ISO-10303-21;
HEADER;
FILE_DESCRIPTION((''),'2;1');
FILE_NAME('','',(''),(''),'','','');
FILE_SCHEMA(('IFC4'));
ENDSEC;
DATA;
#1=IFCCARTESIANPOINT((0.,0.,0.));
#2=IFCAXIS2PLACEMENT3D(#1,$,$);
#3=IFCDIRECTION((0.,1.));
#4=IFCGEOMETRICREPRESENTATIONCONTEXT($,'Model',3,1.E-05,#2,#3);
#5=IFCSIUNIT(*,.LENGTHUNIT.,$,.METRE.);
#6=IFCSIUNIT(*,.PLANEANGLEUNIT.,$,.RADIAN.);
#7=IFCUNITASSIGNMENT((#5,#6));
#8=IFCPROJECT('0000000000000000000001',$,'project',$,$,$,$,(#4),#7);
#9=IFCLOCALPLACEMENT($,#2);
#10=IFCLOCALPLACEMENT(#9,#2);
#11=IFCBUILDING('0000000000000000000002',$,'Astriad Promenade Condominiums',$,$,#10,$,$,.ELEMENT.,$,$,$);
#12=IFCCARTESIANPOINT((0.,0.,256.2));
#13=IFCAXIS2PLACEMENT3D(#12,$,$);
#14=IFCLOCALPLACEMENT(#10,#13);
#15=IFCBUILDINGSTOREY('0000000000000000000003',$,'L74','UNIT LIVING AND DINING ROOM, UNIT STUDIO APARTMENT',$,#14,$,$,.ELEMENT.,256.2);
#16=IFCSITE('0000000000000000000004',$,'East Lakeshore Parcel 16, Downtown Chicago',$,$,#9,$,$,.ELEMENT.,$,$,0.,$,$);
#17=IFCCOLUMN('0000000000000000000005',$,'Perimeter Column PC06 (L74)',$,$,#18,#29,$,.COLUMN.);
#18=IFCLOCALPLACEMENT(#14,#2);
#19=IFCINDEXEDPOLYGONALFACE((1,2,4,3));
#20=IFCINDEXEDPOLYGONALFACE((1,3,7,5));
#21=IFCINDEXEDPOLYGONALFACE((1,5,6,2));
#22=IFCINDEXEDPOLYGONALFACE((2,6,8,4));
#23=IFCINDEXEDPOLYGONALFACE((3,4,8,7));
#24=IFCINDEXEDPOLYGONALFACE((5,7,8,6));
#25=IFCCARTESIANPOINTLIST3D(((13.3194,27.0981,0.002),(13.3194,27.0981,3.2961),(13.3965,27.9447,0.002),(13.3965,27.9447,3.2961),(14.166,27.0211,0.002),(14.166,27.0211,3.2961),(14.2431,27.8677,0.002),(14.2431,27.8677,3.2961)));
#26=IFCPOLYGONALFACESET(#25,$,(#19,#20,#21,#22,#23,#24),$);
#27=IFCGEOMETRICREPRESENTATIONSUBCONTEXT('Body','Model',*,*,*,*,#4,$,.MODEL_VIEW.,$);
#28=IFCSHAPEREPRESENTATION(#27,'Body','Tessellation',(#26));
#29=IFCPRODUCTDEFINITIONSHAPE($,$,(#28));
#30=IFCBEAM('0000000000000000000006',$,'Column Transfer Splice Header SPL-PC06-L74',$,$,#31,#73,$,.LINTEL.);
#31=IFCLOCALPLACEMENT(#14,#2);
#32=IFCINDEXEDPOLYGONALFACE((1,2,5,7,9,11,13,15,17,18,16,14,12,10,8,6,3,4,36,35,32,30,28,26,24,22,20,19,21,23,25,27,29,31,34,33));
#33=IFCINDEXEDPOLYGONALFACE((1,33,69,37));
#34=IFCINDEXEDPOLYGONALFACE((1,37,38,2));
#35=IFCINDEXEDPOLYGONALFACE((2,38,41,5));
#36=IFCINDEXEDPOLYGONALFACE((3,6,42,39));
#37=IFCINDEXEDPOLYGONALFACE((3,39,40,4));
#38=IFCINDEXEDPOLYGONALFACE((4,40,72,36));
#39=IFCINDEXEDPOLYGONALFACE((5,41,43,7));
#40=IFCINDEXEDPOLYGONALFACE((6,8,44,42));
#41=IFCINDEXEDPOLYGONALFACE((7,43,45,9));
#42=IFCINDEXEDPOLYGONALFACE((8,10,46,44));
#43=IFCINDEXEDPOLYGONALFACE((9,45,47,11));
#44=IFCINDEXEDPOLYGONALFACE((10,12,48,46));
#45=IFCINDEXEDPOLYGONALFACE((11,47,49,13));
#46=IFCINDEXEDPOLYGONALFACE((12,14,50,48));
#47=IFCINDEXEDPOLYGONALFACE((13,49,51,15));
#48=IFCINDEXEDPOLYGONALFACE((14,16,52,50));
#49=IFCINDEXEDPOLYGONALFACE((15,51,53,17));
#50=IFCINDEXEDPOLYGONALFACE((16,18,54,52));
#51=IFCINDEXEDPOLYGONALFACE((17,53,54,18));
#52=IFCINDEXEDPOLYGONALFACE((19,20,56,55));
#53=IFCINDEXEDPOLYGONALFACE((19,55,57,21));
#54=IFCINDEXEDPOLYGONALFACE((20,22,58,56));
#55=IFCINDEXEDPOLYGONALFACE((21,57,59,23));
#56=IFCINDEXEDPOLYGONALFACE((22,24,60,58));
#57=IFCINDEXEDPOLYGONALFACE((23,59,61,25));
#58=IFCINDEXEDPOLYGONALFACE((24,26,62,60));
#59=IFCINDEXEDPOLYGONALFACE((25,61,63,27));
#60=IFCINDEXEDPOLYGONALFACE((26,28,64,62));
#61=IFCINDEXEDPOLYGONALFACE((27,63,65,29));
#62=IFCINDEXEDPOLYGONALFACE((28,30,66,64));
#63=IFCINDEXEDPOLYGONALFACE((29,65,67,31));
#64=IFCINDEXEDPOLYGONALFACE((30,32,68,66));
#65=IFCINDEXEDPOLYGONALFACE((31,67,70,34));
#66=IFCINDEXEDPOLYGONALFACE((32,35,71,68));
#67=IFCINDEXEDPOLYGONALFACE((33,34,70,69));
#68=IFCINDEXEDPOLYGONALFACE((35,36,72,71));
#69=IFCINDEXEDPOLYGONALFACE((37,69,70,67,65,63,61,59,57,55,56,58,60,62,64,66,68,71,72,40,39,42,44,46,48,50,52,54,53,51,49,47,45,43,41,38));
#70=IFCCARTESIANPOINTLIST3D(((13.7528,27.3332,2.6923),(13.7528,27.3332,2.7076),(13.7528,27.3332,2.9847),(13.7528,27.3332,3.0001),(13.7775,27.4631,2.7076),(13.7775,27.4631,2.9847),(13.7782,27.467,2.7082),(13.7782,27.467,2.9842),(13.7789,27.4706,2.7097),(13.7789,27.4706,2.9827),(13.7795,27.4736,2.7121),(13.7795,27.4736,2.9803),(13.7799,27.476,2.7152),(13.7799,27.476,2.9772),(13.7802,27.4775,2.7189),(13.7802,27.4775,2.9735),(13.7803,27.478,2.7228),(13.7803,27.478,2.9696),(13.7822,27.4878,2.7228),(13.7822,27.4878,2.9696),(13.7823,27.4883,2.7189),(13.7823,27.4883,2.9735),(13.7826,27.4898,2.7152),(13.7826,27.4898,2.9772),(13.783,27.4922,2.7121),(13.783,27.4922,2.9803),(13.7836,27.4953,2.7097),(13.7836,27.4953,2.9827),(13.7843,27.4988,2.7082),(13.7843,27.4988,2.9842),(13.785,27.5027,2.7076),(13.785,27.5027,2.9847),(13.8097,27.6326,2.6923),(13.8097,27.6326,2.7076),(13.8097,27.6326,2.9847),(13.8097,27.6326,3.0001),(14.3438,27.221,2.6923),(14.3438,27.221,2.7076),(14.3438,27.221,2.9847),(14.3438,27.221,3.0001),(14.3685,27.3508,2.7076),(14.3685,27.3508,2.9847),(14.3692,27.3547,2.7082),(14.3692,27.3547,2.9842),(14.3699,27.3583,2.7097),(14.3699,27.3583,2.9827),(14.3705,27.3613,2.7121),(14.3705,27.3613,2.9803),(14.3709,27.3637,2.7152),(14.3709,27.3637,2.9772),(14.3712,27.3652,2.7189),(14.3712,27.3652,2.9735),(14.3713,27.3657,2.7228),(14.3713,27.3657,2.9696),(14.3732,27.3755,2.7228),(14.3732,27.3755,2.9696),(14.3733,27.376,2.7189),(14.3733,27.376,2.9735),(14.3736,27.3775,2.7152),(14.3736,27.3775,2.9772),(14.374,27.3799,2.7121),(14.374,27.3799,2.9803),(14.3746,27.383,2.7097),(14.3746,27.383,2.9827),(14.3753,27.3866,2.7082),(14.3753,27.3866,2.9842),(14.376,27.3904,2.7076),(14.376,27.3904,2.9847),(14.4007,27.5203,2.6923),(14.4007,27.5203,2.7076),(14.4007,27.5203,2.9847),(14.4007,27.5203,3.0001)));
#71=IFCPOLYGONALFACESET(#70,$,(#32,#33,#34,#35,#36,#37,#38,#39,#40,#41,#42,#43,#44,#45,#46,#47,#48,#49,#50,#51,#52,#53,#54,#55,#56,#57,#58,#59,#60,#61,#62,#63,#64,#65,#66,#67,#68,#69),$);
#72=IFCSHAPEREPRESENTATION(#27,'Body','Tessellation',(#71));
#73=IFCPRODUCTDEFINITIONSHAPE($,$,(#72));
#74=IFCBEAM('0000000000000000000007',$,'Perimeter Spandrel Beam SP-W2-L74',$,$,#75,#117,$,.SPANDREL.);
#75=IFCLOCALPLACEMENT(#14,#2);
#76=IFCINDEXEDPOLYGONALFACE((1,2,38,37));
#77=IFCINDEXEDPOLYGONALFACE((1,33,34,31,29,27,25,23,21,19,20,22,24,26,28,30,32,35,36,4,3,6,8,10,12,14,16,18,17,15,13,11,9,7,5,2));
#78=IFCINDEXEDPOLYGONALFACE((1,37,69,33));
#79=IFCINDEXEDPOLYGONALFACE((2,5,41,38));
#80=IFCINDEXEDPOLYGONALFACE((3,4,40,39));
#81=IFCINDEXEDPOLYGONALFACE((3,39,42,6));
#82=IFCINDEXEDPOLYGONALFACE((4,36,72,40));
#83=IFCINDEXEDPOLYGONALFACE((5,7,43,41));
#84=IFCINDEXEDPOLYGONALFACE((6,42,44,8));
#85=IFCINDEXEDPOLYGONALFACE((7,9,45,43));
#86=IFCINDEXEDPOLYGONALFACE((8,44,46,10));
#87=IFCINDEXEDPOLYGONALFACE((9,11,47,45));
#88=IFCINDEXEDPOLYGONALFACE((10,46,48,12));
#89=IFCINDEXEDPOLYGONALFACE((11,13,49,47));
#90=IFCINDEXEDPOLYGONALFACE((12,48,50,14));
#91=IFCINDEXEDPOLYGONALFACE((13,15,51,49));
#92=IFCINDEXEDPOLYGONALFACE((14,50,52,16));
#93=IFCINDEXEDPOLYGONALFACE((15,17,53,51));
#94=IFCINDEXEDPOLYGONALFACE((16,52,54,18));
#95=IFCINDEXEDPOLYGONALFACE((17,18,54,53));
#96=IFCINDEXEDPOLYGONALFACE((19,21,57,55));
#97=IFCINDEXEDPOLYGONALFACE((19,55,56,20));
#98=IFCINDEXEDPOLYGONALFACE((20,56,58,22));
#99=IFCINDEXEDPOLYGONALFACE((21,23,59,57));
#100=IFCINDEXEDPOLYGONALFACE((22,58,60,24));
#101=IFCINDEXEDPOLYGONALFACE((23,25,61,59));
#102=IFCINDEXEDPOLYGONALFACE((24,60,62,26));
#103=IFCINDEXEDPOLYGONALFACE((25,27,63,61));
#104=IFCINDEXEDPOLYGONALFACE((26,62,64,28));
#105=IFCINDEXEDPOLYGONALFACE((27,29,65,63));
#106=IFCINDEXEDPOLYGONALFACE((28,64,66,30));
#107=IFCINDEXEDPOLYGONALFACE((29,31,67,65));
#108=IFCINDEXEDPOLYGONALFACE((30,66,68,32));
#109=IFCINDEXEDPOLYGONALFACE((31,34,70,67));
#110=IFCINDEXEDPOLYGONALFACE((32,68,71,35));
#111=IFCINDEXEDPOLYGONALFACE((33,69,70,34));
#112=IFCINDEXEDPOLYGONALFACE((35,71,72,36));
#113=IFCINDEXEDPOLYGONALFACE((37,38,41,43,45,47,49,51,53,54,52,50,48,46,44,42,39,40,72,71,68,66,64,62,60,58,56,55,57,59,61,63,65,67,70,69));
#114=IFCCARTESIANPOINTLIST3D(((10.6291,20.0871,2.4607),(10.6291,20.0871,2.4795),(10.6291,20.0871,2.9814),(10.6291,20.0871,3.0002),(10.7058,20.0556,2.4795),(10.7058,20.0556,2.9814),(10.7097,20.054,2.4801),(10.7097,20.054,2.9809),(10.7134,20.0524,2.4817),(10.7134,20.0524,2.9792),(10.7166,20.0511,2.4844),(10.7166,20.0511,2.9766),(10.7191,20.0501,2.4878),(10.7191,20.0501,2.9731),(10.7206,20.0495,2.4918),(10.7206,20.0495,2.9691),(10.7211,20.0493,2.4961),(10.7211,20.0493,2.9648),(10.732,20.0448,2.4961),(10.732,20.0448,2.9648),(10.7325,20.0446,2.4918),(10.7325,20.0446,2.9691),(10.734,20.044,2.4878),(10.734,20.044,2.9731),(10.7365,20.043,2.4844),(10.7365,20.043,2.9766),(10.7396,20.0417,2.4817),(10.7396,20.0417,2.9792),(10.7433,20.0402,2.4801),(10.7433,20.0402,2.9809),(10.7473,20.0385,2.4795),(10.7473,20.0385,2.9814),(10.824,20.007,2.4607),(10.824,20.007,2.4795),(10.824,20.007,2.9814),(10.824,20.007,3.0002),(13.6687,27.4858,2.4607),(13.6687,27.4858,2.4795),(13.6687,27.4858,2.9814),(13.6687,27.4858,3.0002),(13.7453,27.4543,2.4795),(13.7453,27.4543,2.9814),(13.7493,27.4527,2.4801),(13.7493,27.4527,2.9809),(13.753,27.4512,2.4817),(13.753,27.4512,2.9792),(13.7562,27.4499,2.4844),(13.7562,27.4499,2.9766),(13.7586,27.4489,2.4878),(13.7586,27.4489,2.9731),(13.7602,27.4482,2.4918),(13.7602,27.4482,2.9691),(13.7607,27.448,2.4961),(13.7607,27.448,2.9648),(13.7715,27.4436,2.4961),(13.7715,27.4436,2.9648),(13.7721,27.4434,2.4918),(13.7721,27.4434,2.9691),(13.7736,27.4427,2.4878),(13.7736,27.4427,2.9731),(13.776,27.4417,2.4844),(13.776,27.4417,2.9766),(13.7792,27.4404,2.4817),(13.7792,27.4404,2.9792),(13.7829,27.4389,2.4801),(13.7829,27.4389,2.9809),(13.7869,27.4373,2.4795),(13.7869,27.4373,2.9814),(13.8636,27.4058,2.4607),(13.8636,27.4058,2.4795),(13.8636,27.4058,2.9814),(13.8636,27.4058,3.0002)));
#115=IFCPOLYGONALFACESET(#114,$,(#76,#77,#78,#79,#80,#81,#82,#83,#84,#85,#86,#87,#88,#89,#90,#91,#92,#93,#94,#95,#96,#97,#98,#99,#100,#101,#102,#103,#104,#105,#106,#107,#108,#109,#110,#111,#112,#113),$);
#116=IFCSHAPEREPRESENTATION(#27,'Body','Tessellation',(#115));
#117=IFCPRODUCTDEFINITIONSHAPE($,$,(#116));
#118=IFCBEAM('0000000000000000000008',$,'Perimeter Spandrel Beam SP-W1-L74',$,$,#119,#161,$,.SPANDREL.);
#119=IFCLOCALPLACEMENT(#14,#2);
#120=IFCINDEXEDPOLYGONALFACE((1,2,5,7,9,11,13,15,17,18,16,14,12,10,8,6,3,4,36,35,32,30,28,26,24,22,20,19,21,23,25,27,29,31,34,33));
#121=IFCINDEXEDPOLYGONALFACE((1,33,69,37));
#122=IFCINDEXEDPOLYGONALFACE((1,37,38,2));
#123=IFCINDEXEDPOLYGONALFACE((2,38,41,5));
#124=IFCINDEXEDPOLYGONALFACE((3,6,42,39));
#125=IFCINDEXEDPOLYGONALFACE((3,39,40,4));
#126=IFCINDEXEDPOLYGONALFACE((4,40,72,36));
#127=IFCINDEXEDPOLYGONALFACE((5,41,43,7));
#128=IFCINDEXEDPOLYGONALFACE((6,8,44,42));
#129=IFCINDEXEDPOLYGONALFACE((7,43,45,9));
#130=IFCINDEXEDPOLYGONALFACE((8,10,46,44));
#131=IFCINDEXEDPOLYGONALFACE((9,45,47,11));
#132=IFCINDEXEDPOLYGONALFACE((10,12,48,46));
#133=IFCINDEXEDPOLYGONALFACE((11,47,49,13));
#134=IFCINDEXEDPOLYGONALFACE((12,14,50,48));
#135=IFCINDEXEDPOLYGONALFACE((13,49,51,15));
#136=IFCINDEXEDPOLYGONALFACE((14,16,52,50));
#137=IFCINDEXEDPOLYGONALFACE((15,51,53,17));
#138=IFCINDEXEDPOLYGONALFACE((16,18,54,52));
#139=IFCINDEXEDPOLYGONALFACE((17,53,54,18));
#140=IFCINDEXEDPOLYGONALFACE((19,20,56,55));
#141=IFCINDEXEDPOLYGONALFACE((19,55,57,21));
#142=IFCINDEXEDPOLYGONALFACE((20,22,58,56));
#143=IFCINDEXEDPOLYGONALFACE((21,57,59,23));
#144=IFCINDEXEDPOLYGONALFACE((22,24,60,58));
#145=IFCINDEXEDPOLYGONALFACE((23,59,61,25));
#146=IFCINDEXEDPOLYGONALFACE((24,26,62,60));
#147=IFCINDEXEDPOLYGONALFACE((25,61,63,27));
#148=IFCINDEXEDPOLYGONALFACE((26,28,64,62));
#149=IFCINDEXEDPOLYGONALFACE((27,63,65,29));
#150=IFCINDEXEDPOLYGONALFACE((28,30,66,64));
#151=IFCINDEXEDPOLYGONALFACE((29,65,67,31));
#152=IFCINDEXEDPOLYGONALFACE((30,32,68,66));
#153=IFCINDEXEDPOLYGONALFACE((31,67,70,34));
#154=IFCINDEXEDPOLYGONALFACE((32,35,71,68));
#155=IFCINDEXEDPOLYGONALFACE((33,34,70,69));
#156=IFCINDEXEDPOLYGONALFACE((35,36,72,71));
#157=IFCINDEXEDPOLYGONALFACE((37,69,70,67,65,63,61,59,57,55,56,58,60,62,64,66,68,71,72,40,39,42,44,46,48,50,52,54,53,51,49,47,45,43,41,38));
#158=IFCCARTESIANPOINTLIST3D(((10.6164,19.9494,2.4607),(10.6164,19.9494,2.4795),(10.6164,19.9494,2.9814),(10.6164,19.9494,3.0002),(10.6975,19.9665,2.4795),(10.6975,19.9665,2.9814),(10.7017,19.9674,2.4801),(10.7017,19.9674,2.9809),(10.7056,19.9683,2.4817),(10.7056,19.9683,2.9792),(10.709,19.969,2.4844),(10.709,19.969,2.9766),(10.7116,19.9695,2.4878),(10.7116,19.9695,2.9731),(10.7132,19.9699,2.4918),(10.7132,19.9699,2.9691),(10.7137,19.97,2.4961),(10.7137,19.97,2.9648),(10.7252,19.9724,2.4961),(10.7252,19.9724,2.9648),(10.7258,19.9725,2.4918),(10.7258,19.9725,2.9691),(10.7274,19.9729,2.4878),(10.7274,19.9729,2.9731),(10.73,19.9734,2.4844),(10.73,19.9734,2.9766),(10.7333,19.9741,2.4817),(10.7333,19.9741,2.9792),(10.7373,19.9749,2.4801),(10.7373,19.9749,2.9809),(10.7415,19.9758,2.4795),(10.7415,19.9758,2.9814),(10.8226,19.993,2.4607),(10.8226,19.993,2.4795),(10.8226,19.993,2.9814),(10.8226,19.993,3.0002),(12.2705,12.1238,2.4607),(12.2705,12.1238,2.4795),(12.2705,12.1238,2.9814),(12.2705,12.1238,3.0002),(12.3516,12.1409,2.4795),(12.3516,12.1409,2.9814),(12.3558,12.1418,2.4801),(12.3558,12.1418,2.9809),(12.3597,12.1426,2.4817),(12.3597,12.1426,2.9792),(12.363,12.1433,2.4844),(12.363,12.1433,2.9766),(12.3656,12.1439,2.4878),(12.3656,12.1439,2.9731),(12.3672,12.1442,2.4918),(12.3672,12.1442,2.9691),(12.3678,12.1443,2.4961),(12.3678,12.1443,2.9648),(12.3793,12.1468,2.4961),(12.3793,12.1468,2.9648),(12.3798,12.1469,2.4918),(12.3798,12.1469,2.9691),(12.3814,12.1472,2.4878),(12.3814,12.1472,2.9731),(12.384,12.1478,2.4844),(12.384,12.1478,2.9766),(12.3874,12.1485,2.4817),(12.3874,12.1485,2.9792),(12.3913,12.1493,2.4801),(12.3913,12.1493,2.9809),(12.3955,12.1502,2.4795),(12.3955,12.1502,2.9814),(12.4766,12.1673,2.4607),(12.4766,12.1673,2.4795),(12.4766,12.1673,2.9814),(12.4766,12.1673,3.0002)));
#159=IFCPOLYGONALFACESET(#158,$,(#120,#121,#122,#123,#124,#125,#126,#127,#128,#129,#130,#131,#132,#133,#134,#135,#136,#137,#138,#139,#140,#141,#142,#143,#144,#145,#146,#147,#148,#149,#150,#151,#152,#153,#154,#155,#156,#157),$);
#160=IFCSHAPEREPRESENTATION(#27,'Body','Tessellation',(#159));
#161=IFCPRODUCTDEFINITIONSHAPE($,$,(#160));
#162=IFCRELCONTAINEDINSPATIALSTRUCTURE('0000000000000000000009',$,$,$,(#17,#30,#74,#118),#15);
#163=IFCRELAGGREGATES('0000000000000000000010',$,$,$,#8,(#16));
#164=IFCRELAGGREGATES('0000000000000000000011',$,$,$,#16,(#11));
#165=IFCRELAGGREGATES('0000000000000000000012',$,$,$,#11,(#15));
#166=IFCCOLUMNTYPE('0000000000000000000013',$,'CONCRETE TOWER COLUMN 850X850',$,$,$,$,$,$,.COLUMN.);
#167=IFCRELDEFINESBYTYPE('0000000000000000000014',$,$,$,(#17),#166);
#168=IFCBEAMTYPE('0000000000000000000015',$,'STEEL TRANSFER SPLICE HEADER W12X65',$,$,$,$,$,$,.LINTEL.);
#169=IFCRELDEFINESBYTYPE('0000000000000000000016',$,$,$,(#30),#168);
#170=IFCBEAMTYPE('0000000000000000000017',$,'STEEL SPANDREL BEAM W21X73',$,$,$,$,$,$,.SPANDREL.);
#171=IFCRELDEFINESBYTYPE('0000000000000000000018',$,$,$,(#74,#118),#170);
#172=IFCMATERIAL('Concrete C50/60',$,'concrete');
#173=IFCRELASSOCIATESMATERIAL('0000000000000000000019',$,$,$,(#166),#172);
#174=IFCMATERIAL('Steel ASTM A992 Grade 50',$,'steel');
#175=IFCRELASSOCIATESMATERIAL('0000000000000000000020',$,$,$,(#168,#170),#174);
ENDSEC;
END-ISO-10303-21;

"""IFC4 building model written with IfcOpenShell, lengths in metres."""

from ifc_helpers import new_model, si_unit, direction, frame, origin, origin_2d, place, context, subcontext, project, spatial, rectangle, i_section, extrude, source, transform, mapped, material, material_profile, profile_set, type_object, type_shapes, element, save


model = new_model("IFC4")

# Units and contexts
model_context = context("Model", 3, precision=1e-05, world=origin(), true_north=direction((0.0, 1.0)))
body_context = subcontext(model_context, "Body", "Model", "MODEL_VIEW")
ifc_project = project(units=[si_unit("LENGTHUNIT", "METRE"), si_unit("PLANEANGLEUNIT", "RADIAN")], contexts=[model_context])

# Site, building, storey
site_placement = place(None, origin())
site = spatial("IfcSite", under=ifc_project, at=site_placement, Name="East Lakeshore Parcel 16, Downtown Chicago", CompositionType="ELEMENT", RefElevation=0.0)
building_placement = place(site_placement, origin())
building = spatial("IfcBuilding", under=site, at=building_placement, Name="Astriad Promenade Condominiums", CompositionType="ELEMENT")
storey_placement = place(building_placement, frame((0.0, 0.0, 256.2)))
storey = spatial("IfcBuildingStorey", under=building, at=storey_placement, Name="L74", Description="UNIT LIVING AND DINING ROOM, UNIT STUDIO APARTMENT", CompositionType="ELEMENT", Elevation=256.2)

# Column
ifc_material_1 = material(Name="Concrete C50/60", Category="concrete")
ifc_material_profile_1 = material_profile(ifc_material_1, rectangle(XDim=0.8501, YDim=0.8501, at=origin_2d()), Name="RC-COL-850X850")
ifc_profile_set_1 = profile_set([ifc_material_profile_1], Name="Concrete C50/60")
column_type = type_object("IfcColumnType", Name="CONCRETE TOWER COLUMN 850X850", PredefinedType="COLUMN", material=ifc_profile_set_1)
shared_shape_1 = source(origin(), body_context, "Body", "SweptSolid", [
    extrude(rectangle(XDim=0.8501, YDim=0.8501, at=origin_2d()), origin(), (0.0, 0.0, 1.0), 3.2942),
])
type_shapes(column_type, [shared_shape_1])
column_placement = place(storey_placement, frame((13.7812, 27.4829, 0.002), z_axis=(0.0, 0.0, 1.0), x_axis=(0.995884, -0.090633, 0.0)))
element("IfcColumn", 1, at=column_placement, inside=storey, type_object=column_type, Name="Perimeter Column PC06 (L74)", PredefinedType="COLUMN", context=body_context, shape_type="MappedRepresentation", body=[
    mapped(shared_shape_1, transform((0.0, 0.0, 0.0), scale=1.0)),
])

# Beams
ifc_material_2 = material(Name="Steel ASTM A992 Grade 50", Category="steel")
ifc_material_profile_2 = material_profile(ifc_material_2, i_section(OverallWidth=0.3047, OverallDepth=0.3079, WebThickness=0.01, FlangeThickness=0.0154, FilletRadius=0.0151, at=origin_2d()), Name="W12X65")
ifc_profile_set_2 = profile_set([ifc_material_profile_2], Name="Steel ASTM A992 Grade 50")
beam_type_1 = type_object("IfcBeamType", Name="STEEL TRANSFER SPLICE HEADER W12X65", PredefinedType="LINTEL", material=ifc_profile_set_2)
shared_shape_2 = source(origin(), body_context, "Body", "SweptSolid", [
    extrude(i_section(OverallWidth=0.3047, OverallDepth=0.3079, WebThickness=0.01, FlangeThickness=0.0154, FilletRadius=0.0151, at=origin_2d()), origin(), (0.0, 0.0, 1.0), 0.6016),
])
type_shapes(beam_type_1, [shared_shape_2])
beam_1_placement = place(storey_placement, frame((13.7812, 27.4829, 2.8462), z_axis=(0.982424, -0.186665, 0.0), x_axis=(0.186665, 0.982424, 0.0)))
element("IfcBeam", 2, at=beam_1_placement, inside=storey, type_object=beam_type_1, Name="Column Transfer Splice Header SPL-PC06-L74", PredefinedType="LINTEL", context=body_context, shape_type="MappedRepresentation", body=[
    mapped(shared_shape_2, transform((0.0, 0.0, 0.0), scale=1.0)),
])
ifc_material_profile_3 = material_profile(ifc_material_2, i_section(OverallWidth=0.2107, OverallDepth=0.5396, WebThickness=0.0117, FlangeThickness=0.0188, FilletRadius=0.0166, at=origin_2d()), Name="W21X73")
ifc_profile_set_3 = profile_set([ifc_material_profile_3], Name="Steel ASTM A992 Grade 50")
beam_type_2 = type_object("IfcBeamType", Name="STEEL SPANDREL BEAM W21X73", PredefinedType="SPANDREL", material=ifc_profile_set_3)
shared_shape_3 = source(origin(), body_context, "Body", "SweptSolid", [
    extrude(i_section(OverallWidth=0.2107, OverallDepth=0.5396, WebThickness=0.0117, FlangeThickness=0.0188, FilletRadius=0.0166, at=origin_2d()), origin(), (0.0, 0.0, 1.0), 7.9988),
])
beam_2_placement = place(storey_placement, frame((13.7661, 27.4458, 2.7305), z_axis=(-0.380005, -0.924984, 0.0), x_axis=(0.924984, -0.380005, 0.0)))
element("IfcBeam", 3, at=beam_2_placement, inside=storey, type_object=beam_type_2, Name="Perimeter Spandrel Beam SP-W2-L74", PredefinedType="SPANDREL", context=body_context, shape_type="MappedRepresentation", body=[
    mapped(shared_shape_3, transform((0.0, 0.0, 0.0), scale=1.0)),
])
shared_shape_4 = source(origin(), body_context, "Body", "SweptSolid", [
    extrude(i_section(OverallWidth=0.2107, OverallDepth=0.5396, WebThickness=0.0117, FlangeThickness=0.0188, FilletRadius=0.0166, at=origin_2d()), origin(), (0.0, 0.0, 1.0), 7.9985),
])
type_shapes(beam_type_2, [shared_shape_3, shared_shape_4])
beam_3_placement = place(storey_placement, frame((10.7195, 19.9712, 2.7305), z_axis=(0.206793, -0.978385, 0.0), x_axis=(0.978385, 0.206793, 0.0)))
element("IfcBeam", 4, at=beam_3_placement, inside=storey, type_object=beam_type_2, Name="Perimeter Spandrel Beam SP-W1-L74", PredefinedType="SPANDREL", context=body_context, shape_type="MappedRepresentation", body=[
    mapped(shared_shape_4, transform((0.0, 0.0, 0.0), scale=1.0)),
])

save(model, "model.ifc")
